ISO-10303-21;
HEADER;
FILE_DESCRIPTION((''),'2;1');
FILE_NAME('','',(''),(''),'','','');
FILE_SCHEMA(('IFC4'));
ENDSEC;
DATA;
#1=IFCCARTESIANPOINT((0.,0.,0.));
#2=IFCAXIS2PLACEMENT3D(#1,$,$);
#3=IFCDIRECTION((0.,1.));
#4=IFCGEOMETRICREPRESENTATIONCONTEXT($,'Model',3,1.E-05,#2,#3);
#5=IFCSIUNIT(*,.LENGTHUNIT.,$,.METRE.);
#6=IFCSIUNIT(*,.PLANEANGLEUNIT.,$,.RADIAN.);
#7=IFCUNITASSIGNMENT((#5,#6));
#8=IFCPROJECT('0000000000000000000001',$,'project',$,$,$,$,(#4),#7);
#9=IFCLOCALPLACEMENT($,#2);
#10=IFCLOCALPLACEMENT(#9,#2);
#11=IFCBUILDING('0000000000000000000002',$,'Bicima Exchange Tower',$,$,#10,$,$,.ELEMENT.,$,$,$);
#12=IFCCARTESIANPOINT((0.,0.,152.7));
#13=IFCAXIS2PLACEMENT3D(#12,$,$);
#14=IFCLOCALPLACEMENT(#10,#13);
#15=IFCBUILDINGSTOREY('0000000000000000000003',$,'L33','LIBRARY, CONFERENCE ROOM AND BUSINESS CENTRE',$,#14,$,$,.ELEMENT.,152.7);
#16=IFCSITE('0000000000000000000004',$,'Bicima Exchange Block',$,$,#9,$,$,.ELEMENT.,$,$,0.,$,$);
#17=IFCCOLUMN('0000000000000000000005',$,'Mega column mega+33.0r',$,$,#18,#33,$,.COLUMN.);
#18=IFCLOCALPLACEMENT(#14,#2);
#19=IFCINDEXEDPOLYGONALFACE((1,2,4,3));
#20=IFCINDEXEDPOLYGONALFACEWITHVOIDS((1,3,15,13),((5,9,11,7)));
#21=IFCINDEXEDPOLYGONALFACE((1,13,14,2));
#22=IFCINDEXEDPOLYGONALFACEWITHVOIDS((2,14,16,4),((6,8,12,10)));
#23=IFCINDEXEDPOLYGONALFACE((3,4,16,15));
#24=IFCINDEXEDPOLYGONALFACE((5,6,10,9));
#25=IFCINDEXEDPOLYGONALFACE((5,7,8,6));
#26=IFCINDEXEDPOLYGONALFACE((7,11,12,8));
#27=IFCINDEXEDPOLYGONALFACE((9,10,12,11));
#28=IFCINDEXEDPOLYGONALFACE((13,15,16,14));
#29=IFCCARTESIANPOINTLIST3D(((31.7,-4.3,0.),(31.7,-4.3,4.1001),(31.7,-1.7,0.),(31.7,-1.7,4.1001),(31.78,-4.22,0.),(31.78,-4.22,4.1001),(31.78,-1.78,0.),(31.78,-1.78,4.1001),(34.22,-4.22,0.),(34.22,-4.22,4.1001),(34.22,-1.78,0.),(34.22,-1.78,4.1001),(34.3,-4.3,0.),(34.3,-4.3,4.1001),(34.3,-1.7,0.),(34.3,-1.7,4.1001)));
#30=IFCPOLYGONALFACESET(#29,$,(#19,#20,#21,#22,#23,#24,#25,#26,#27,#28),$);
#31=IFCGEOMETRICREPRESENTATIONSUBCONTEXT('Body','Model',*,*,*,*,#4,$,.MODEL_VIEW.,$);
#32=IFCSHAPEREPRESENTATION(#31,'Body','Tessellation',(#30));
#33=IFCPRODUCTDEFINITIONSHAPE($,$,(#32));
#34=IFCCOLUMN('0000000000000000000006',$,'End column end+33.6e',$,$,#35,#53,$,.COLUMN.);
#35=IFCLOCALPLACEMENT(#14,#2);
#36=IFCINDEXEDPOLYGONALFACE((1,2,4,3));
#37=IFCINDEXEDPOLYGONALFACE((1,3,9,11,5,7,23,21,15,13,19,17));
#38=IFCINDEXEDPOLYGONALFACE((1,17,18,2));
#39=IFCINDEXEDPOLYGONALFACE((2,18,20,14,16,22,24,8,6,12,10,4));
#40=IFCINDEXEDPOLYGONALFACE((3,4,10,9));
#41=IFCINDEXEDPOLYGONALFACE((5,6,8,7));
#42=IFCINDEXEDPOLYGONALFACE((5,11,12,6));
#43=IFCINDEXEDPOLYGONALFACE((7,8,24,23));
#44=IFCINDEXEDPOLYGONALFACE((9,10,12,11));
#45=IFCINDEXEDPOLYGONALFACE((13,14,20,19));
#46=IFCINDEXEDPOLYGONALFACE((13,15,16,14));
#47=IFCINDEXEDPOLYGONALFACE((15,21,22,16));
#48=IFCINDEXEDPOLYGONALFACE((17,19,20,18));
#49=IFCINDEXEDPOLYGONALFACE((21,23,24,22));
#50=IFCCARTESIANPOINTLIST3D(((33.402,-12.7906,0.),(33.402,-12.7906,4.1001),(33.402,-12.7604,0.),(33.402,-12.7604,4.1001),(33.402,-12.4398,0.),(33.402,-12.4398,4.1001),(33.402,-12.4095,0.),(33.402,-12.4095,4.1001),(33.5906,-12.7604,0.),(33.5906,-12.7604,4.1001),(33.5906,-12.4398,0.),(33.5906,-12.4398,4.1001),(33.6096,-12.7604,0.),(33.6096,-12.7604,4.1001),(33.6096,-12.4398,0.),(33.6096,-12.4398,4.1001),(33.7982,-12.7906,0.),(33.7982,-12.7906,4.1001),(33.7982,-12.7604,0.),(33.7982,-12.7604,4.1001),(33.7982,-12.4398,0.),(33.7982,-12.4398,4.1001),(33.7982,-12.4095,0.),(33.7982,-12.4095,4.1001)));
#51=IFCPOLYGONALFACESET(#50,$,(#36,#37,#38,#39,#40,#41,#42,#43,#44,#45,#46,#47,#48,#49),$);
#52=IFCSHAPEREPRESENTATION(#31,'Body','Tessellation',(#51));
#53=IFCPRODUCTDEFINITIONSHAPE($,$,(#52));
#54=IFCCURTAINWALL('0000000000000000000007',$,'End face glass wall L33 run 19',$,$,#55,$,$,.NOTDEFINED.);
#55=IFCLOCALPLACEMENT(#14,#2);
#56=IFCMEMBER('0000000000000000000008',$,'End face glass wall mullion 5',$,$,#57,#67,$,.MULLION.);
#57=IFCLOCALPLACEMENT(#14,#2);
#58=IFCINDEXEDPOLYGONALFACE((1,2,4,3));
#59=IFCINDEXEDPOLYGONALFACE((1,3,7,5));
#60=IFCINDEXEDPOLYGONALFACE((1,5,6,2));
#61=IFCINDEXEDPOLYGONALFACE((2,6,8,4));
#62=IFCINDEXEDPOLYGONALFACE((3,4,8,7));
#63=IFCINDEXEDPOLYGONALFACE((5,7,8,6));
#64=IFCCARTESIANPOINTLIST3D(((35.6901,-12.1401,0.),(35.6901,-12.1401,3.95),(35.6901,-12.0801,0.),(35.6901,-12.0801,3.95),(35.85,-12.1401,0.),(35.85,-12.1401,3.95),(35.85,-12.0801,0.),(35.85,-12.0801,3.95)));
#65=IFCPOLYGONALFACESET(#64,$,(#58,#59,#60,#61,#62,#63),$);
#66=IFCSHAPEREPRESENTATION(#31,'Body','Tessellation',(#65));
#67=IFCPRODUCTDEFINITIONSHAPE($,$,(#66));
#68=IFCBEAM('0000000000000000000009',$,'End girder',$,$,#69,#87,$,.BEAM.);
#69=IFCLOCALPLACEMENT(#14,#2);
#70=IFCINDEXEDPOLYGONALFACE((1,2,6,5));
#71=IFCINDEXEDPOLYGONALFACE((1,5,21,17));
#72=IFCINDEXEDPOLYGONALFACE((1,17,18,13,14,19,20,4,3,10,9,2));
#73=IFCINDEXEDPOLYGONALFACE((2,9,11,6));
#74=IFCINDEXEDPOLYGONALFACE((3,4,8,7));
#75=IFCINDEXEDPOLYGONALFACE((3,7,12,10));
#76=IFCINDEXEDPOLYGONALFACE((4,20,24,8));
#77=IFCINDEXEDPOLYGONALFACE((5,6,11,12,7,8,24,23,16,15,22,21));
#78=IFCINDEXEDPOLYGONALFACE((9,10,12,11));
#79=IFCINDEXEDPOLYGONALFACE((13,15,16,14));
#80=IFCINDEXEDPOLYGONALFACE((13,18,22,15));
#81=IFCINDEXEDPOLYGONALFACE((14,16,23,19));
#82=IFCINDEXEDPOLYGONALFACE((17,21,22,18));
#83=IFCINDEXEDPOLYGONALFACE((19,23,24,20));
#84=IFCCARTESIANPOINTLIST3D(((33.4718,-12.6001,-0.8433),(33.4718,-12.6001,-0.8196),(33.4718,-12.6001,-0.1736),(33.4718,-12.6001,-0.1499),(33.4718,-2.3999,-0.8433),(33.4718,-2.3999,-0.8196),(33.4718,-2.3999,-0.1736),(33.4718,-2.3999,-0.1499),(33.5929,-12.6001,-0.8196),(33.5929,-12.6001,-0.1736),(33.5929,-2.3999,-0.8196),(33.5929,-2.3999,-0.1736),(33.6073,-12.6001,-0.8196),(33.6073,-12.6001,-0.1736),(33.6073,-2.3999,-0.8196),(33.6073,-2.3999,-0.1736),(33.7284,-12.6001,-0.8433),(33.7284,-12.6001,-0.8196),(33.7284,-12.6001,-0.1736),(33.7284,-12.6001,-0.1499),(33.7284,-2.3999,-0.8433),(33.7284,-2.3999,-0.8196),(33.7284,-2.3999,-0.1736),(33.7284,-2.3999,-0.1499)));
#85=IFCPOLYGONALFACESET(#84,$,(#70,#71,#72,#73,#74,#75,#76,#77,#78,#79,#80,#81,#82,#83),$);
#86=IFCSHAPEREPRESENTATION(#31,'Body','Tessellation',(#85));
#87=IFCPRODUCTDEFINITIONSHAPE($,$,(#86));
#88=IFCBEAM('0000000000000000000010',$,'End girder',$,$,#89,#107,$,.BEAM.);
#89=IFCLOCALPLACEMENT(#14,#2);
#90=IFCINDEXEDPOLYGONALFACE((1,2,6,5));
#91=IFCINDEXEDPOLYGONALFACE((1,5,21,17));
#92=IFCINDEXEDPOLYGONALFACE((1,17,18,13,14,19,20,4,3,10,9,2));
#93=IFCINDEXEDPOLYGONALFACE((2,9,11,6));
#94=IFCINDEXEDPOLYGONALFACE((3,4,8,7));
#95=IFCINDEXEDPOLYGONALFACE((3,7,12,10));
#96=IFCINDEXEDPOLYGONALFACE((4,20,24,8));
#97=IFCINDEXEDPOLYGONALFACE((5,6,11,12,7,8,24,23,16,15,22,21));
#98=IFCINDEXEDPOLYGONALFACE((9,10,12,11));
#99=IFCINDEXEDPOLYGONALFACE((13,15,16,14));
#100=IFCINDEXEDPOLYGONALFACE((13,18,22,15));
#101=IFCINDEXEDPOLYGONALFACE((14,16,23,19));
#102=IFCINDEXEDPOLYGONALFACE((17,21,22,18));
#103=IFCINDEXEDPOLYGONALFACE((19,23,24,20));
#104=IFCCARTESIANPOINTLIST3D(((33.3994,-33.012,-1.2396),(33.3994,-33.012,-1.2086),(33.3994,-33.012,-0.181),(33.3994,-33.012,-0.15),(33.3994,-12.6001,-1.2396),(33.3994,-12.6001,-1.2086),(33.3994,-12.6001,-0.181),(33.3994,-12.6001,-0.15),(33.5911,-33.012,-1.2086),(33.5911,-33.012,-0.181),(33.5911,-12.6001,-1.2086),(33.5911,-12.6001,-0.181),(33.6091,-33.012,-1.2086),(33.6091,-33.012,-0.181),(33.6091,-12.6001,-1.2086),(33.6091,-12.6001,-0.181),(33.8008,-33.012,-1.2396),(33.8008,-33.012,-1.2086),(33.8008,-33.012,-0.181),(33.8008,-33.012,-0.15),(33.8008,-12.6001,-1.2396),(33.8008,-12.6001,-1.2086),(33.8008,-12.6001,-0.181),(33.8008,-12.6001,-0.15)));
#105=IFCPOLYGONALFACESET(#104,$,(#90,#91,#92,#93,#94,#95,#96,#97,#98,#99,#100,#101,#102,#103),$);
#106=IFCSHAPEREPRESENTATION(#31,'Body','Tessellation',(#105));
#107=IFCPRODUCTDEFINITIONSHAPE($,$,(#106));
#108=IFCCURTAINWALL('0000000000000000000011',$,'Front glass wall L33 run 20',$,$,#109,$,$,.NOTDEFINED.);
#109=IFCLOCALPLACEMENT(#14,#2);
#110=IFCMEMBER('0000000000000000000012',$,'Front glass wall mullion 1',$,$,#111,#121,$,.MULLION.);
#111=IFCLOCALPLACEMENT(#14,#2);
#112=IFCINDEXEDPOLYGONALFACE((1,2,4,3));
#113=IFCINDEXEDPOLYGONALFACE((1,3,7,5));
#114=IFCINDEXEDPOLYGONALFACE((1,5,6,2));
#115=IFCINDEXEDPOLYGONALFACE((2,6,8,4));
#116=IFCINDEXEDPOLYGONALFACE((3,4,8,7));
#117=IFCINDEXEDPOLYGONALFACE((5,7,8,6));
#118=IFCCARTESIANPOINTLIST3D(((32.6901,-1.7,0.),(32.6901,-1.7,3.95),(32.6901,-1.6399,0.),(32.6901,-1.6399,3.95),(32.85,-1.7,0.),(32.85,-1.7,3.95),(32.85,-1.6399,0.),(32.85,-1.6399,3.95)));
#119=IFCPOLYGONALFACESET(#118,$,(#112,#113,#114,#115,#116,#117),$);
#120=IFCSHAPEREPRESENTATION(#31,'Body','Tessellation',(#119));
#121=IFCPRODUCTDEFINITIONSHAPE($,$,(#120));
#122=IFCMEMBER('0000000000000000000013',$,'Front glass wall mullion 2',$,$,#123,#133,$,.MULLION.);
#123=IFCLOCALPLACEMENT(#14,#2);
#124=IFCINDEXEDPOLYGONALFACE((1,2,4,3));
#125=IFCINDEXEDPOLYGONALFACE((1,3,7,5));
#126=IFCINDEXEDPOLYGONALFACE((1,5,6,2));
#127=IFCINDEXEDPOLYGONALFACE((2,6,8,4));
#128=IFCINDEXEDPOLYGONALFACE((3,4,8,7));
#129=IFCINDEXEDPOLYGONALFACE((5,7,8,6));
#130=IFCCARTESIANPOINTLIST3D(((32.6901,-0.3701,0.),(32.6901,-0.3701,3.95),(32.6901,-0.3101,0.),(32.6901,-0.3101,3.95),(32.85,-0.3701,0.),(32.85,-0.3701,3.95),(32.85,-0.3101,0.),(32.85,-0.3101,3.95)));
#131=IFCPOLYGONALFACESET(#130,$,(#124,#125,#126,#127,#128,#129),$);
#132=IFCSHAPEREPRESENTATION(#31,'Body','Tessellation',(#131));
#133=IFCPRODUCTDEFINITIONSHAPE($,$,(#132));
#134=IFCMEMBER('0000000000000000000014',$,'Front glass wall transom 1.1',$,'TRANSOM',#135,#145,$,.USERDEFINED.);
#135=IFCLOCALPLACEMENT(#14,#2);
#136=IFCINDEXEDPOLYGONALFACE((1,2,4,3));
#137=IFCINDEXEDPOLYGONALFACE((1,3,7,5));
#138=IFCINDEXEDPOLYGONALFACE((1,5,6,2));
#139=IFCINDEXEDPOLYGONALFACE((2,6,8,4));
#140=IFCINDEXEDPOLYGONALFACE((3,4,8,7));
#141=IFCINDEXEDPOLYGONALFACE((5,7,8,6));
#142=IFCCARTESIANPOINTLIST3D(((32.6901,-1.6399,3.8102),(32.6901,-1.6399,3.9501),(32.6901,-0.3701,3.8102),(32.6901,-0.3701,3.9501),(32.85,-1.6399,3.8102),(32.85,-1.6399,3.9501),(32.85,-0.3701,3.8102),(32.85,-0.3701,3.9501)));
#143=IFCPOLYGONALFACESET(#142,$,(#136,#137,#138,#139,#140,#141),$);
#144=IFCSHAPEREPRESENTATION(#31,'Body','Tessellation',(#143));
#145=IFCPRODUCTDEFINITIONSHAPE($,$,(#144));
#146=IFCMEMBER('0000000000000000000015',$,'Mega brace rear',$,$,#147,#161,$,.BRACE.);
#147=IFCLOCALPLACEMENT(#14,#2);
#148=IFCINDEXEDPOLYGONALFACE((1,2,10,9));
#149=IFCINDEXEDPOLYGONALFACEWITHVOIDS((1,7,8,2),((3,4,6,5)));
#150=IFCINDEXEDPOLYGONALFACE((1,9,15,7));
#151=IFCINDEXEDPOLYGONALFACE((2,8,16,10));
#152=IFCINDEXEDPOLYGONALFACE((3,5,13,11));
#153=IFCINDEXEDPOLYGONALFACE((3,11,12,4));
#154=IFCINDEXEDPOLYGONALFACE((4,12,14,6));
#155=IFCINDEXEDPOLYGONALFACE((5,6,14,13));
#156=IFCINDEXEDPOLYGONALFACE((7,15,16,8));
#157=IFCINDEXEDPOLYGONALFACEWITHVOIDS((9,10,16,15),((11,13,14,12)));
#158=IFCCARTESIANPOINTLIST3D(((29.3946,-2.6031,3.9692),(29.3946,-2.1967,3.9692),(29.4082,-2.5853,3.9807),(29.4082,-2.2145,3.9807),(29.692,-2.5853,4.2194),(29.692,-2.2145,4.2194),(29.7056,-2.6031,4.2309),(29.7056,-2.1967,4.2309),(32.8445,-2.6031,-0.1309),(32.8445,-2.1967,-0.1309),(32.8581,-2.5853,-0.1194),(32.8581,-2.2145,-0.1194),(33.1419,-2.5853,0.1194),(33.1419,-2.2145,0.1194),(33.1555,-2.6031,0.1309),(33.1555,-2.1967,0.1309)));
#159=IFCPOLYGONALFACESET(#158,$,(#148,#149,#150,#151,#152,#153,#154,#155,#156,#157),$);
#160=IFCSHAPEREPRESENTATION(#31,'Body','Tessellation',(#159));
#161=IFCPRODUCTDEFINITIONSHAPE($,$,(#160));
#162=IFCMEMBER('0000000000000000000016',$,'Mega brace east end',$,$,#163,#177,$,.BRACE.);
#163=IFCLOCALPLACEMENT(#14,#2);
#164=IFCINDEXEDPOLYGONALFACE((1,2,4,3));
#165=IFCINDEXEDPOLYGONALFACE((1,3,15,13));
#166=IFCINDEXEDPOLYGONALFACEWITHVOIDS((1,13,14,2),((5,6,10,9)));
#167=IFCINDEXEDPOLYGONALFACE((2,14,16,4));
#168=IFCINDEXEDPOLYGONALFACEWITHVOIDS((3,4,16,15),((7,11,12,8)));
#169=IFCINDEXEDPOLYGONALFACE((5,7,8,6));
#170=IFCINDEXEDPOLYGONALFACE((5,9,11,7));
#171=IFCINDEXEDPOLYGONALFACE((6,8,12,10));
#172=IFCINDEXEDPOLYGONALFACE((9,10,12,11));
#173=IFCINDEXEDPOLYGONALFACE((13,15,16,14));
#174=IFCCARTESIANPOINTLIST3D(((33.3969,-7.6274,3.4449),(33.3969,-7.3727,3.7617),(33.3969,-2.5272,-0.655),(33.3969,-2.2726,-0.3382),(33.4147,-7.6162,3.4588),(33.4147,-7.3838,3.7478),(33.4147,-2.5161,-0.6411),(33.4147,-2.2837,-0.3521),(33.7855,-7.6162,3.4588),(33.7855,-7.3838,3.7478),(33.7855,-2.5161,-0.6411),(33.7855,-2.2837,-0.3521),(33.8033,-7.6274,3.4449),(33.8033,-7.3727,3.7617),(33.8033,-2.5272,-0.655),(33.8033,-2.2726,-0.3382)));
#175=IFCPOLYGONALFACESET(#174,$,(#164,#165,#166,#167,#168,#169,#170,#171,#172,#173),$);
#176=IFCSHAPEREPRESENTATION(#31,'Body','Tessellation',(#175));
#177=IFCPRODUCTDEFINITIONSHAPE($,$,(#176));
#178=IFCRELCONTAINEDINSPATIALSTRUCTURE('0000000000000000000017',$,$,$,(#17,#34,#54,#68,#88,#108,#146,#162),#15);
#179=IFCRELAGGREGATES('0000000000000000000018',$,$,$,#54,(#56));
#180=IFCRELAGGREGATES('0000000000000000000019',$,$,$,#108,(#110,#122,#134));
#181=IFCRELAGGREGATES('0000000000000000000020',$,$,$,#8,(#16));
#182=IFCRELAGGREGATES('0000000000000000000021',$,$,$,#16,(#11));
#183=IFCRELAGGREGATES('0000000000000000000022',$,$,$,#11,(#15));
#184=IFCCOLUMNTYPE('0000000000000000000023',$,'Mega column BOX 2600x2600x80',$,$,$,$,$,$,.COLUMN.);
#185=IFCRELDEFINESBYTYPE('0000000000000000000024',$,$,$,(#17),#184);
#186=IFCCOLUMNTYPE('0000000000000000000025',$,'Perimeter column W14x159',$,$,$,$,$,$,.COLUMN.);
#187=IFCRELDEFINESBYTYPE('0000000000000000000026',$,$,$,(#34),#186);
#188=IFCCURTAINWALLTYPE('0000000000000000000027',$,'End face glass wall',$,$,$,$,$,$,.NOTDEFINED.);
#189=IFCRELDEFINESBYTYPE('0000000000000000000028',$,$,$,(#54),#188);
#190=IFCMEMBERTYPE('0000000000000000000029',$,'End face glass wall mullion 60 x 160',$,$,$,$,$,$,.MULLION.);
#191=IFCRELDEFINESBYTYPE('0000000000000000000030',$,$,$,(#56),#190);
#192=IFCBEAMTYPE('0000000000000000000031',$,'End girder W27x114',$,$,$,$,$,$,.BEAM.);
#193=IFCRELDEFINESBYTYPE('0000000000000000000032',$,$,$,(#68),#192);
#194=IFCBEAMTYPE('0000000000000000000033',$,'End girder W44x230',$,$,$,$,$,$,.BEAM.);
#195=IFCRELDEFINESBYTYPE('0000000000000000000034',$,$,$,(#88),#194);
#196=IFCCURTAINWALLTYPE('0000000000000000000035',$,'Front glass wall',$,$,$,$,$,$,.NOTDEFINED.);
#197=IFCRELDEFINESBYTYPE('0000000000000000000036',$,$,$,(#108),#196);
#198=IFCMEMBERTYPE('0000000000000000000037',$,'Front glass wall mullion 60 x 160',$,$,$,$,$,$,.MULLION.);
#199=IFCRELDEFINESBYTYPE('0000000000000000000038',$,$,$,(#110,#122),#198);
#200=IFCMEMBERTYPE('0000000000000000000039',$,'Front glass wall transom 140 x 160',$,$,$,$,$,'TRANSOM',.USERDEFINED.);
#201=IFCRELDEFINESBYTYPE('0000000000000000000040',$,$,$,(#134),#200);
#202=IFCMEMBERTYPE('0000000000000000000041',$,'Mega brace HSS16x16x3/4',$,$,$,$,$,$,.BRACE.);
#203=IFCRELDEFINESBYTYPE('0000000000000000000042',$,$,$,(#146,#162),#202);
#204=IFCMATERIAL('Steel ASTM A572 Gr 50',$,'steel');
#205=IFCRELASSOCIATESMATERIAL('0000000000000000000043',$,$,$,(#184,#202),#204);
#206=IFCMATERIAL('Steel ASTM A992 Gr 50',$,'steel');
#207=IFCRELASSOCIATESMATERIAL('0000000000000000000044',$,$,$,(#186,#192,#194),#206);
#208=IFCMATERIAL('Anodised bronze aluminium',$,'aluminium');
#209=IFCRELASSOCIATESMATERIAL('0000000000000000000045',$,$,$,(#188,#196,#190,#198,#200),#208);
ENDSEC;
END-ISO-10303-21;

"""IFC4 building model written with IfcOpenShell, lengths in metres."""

from ifc_helpers import new_model, si_unit, direction, frame, origin, origin_2d, place, context, subcontext, project, spatial, rectangle, hollow_rectangle, i_section, extrude, material, material_profile, profile_set, type_object, element, aggregate, save


model = new_model("IFC4")

# Units and contexts
model_context = context("Model", 3, precision=1e-05, world=origin(), true_north=direction((0.0, 1.0)))
body_context = subcontext(model_context, "Body", "Model", "MODEL_VIEW")
ifc_project = project(units=[si_unit("LENGTHUNIT", "METRE"), si_unit("PLANEANGLEUNIT", "RADIAN")], contexts=[model_context])

# Site, building, storey
site_placement = place(None, origin())
site = spatial("IfcSite", under=ifc_project, at=site_placement, Name="Bicima Exchange Block", CompositionType="ELEMENT", RefElevation=0.0)
building_placement = place(site_placement, origin())
building = spatial("IfcBuilding", under=site, at=building_placement, Name="Bicima Exchange Tower", CompositionType="ELEMENT")
storey_placement = place(building_placement, frame((0.0, 0.0, 152.7)))
storey = spatial("IfcBuildingStorey", under=building, at=storey_placement, Name="L33", Description="LIBRARY, CONFERENCE ROOM AND BUSINESS CENTRE", CompositionType="ELEMENT", Elevation=152.7)

# Columns
ifc_material_1 = material(Name="Steel ASTM A572 Gr 50", Category="steel")
ifc_material_profile_1 = material_profile(ifc_material_1, hollow_rectangle(XDim=2.6001, YDim=2.6001, WallThickness=0.0801, at=origin_2d()))
ifc_profile_set_1 = profile_set([ifc_material_profile_1], Name="Steel ASTM A572 Gr 50")
column_type_1 = type_object("IfcColumnType", Name="Mega column BOX 2600x2600x80", PredefinedType="COLUMN", material=ifc_profile_set_1)
column_1_placement = place(storey_placement, frame((33.0, -3.0, 0.0), z_axis=(0.0, 0.0, 1.0), x_axis=(1.0, 0.0, 0.0)))
element("IfcColumn", 1, at=column_1_placement, inside=storey, type_object=column_type_1, Name="Mega column mega+33.0r", PredefinedType="COLUMN", context=body_context, shape_type="SweptSolid", body=[
    extrude(hollow_rectangle(XDim=2.6001, YDim=2.6001, WallThickness=0.0801, at=origin_2d()), origin(), (0.0, 0.0, 1.0), 4.1001),
])
ifc_material_2 = material(Name="Steel ASTM A992 Gr 50", Category="steel")
ifc_material_profile_2 = material_profile(ifc_material_2, i_section(OverallWidth=0.3962, OverallDepth=0.3811, WebThickness=0.019, FlangeThickness=0.0303, at=origin_2d()))
ifc_profile_set_2 = profile_set([ifc_material_profile_2], Name="Steel ASTM A992 Gr 50")
column_type_2 = type_object("IfcColumnType", Name="Perimeter column W14x159", PredefinedType="COLUMN", material=ifc_profile_set_2)
column_2_placement = place(storey_placement, frame((33.6001, -12.6001, 0.0), z_axis=(0.0, 0.0, 1.0), x_axis=(1.0, 0.0, 0.0)))
element("IfcColumn", 2, at=column_2_placement, inside=storey, type_object=column_type_2, Name="End column end+33.6e", PredefinedType="COLUMN", context=body_context, shape_type="SweptSolid", body=[
    extrude(i_section(OverallWidth=0.3962, OverallDepth=0.3811, WebThickness=0.019, FlangeThickness=0.0303, at=origin_2d()), origin(), (0.0, 0.0, 1.0), 4.1001),
])

# Curtain wall, member
ifc_material_3 = material(Name="Anodised bronze aluminium", Category="aluminium")
curtain_wall_type_1 = type_object("IfcCurtainWallType", Name="End face glass wall", PredefinedType="NOTDEFINED", material=ifc_material_3)
curtain_wall_1_placement = place(storey_placement, origin())
curtain_wall_1 = element("IfcCurtainWall", 3, at=curtain_wall_1_placement, inside=storey, type_object=curtain_wall_type_1, Name="End face glass wall L33 run 19", PredefinedType="NOTDEFINED")
ifc_material_profile_3 = material_profile(ifc_material_3, rectangle(XDim=0.1599, YDim=0.0601, at=origin_2d()))
ifc_profile_set_3 = profile_set([ifc_material_profile_3], Name="Anodised bronze aluminium")
member_type_1 = type_object("IfcMemberType", Name="End face glass wall mullion 60 x 160", PredefinedType="MULLION", material=ifc_profile_set_3)
member_1_placement = place(storey_placement, frame((35.77, -12.1101, 0.0), z_axis=(0.0, 0.0, 1.0), x_axis=(-1.0, 0.0, 0.0)))
member_1 = element("IfcMember", 4, at=member_1_placement, type_object=member_type_1, Name="End face glass wall mullion 5", PredefinedType="MULLION", context=body_context, shape_type="SweptSolid", body=[
    extrude(rectangle(XDim=0.1599, YDim=0.0601, at=origin_2d()), origin(), (0.0, 0.0, 1.0), 3.95),
])
aggregate(curtain_wall_1, [member_1])

# Beams
ifc_material_profile_4 = material_profile(ifc_material_2, i_section(OverallWidth=0.2566, OverallDepth=0.6934, WebThickness=0.0144, FlangeThickness=0.0237, at=origin_2d()))
ifc_profile_set_4 = profile_set([ifc_material_profile_4], Name="Steel ASTM A992 Gr 50")
beam_type_1 = type_object("IfcBeamType", Name="End girder W27x114", PredefinedType="BEAM", material=ifc_profile_set_4)
beam_1_placement = place(storey_placement, frame((33.6001, -2.3999, -0.4966), z_axis=(0.0, -1.0, 0.0), x_axis=(1.0, 0.0, 0.0)))
element("IfcBeam", 5, at=beam_1_placement, inside=storey, type_object=beam_type_1, Name="End girder", PredefinedType="BEAM", context=body_context, shape_type="SweptSolid", body=[
    extrude(i_section(OverallWidth=0.2566, OverallDepth=0.6934, WebThickness=0.0144, FlangeThickness=0.0237, at=origin_2d()), origin(), (0.0, 0.0, 1.0), 10.2002),
])
ifc_material_profile_5 = material_profile(ifc_material_2, i_section(OverallWidth=0.4014, OverallDepth=1.0896, WebThickness=0.0181, FlangeThickness=0.031, at=origin_2d()))
ifc_profile_set_5 = profile_set([ifc_material_profile_5], Name="Steel ASTM A992 Gr 50")
beam_type_2 = type_object("IfcBeamType", Name="End girder W44x230", PredefinedType="BEAM", material=ifc_profile_set_5)
beam_2_placement = place(storey_placement, frame((33.6001, -12.6001, -0.6948), z_axis=(0.0, -1.0, 0.0), x_axis=(1.0, 0.0, 0.0)))
element("IfcBeam", 6, at=beam_2_placement, inside=storey, type_object=beam_type_2, Name="End girder", PredefinedType="BEAM", context=body_context, shape_type="SweptSolid", body=[
    extrude(i_section(OverallWidth=0.4014, OverallDepth=1.0896, WebThickness=0.0181, FlangeThickness=0.031, at=origin_2d()), origin(), (0.0, 0.0, 1.0), 20.4119),
])

# Curtain wall, members
curtain_wall_type_2 = type_object("IfcCurtainWallType", Name="Front glass wall", PredefinedType="NOTDEFINED", material=ifc_material_3)
curtain_wall_2_placement = place(storey_placement, origin())
curtain_wall_2 = element("IfcCurtainWall", 7, at=curtain_wall_2_placement, inside=storey, type_object=curtain_wall_type_2, Name="Front glass wall L33 run 20", PredefinedType="NOTDEFINED")
member_type_2 = type_object("IfcMemberType", Name="Front glass wall mullion 60 x 160", PredefinedType="MULLION", material=ifc_profile_set_3)
member_2_placement = place(storey_placement, frame((32.77, -1.6699, 0.0), z_axis=(0.0, 0.0, 1.0), x_axis=(-1.0, 0.0, 0.0)))
member_2 = element("IfcMember", 8, at=member_2_placement, type_object=member_type_2, Name="Front glass wall mullion 1", PredefinedType="MULLION", context=body_context, shape_type="SweptSolid", body=[
    extrude(rectangle(XDim=0.1599, YDim=0.0601, at=origin_2d()), origin(), (0.0, 0.0, 1.0), 3.95),
])
member_3_placement = place(storey_placement, frame((32.77, -0.3401, 0.0), z_axis=(0.0, 0.0, 1.0), x_axis=(-1.0, 0.0, 0.0)))
member_3 = element("IfcMember", 9, at=member_3_placement, type_object=member_type_2, Name="Front glass wall mullion 2", PredefinedType="MULLION", context=body_context, shape_type="SweptSolid", body=[
    extrude(rectangle(XDim=0.1599, YDim=0.0601, at=origin_2d()), origin(), (0.0, 0.0, 1.0), 3.95),
])
ifc_material_profile_6 = material_profile(ifc_material_3, rectangle(XDim=0.1599, YDim=0.1399, at=origin_2d()))
ifc_profile_set_6 = profile_set([ifc_material_profile_6], Name="Anodised bronze aluminium")
member_type_3 = type_object("IfcMemberType", Name="Front glass wall transom 140 x 160", ElementType="TRANSOM", PredefinedType="USERDEFINED", material=ifc_profile_set_6)
member_4_placement = place(storey_placement, frame((32.77, -1.6399, 3.8801), z_axis=(0.0, 1.0, 0.0), x_axis=(-1.0, 0.0, 0.0)))
member_4 = element("IfcMember", 10, at=member_4_placement, type_object=member_type_3, Name="Front glass wall transom 1.1", ObjectType="TRANSOM", PredefinedType="USERDEFINED", context=body_context, shape_type="SweptSolid", body=[
    extrude(rectangle(XDim=0.1599, YDim=0.1399, at=origin_2d()), origin(), (0.0, 0.0, 1.0), 1.2698),
])

# Members
ifc_material_profile_7 = material_profile(ifc_material_1, hollow_rectangle(XDim=0.4065, YDim=0.4065, WallThickness=0.0178, at=origin_2d()))
ifc_profile_set_7 = profile_set([ifc_material_profile_7], Name="Steel ASTM A572 Gr 50")
member_type_4 = type_object("IfcMemberType", Name="Mega brace HSS16x16x3/4", PredefinedType="BRACE", material=ifc_profile_set_7)
member_5_placement = place(storey_placement, frame((33.0, -2.3999, 0.0), z_axis=(-0.643834, 0.0, 0.765165), x_axis=(0.0, -1.0, 0.0)))
element("IfcMember", 11, at=member_5_placement, inside=storey, type_object=member_type_4, Name="Mega brace rear", PredefinedType="BRACE", context=body_context, shape_type="SweptSolid", body=[
    extrude(hollow_rectangle(XDim=0.4065, YDim=0.4065, WallThickness=0.0178, at=origin_2d()), origin(), (0.0, 0.0, 1.0), 5.3584),
])
for number, where, z_axis, x_axis, name in (
    (12, (33.6001, -2.3999, -0.4966), (0.0, -0.779392, 0.626536), (1.0, 0.0, 0.0), "Mega brace east end"),
):
    element("IfcMember", number, at=place(storey_placement, frame(where, z_axis=z_axis, x_axis=x_axis)), inside=storey, type_object=member_type_4, Name=name, PredefinedType="BRACE", context=body_context, shape_type="SweptSolid", body=[
        extrude(hollow_rectangle(XDim=0.4065, YDim=0.4065, WallThickness=0.0178, at=origin_2d()), origin(), (0.0, 0.0, 1.0), 6.5437),
    ])

aggregate(curtain_wall_2, [member_2, member_3, member_4])

save(model, "model.ifc")
